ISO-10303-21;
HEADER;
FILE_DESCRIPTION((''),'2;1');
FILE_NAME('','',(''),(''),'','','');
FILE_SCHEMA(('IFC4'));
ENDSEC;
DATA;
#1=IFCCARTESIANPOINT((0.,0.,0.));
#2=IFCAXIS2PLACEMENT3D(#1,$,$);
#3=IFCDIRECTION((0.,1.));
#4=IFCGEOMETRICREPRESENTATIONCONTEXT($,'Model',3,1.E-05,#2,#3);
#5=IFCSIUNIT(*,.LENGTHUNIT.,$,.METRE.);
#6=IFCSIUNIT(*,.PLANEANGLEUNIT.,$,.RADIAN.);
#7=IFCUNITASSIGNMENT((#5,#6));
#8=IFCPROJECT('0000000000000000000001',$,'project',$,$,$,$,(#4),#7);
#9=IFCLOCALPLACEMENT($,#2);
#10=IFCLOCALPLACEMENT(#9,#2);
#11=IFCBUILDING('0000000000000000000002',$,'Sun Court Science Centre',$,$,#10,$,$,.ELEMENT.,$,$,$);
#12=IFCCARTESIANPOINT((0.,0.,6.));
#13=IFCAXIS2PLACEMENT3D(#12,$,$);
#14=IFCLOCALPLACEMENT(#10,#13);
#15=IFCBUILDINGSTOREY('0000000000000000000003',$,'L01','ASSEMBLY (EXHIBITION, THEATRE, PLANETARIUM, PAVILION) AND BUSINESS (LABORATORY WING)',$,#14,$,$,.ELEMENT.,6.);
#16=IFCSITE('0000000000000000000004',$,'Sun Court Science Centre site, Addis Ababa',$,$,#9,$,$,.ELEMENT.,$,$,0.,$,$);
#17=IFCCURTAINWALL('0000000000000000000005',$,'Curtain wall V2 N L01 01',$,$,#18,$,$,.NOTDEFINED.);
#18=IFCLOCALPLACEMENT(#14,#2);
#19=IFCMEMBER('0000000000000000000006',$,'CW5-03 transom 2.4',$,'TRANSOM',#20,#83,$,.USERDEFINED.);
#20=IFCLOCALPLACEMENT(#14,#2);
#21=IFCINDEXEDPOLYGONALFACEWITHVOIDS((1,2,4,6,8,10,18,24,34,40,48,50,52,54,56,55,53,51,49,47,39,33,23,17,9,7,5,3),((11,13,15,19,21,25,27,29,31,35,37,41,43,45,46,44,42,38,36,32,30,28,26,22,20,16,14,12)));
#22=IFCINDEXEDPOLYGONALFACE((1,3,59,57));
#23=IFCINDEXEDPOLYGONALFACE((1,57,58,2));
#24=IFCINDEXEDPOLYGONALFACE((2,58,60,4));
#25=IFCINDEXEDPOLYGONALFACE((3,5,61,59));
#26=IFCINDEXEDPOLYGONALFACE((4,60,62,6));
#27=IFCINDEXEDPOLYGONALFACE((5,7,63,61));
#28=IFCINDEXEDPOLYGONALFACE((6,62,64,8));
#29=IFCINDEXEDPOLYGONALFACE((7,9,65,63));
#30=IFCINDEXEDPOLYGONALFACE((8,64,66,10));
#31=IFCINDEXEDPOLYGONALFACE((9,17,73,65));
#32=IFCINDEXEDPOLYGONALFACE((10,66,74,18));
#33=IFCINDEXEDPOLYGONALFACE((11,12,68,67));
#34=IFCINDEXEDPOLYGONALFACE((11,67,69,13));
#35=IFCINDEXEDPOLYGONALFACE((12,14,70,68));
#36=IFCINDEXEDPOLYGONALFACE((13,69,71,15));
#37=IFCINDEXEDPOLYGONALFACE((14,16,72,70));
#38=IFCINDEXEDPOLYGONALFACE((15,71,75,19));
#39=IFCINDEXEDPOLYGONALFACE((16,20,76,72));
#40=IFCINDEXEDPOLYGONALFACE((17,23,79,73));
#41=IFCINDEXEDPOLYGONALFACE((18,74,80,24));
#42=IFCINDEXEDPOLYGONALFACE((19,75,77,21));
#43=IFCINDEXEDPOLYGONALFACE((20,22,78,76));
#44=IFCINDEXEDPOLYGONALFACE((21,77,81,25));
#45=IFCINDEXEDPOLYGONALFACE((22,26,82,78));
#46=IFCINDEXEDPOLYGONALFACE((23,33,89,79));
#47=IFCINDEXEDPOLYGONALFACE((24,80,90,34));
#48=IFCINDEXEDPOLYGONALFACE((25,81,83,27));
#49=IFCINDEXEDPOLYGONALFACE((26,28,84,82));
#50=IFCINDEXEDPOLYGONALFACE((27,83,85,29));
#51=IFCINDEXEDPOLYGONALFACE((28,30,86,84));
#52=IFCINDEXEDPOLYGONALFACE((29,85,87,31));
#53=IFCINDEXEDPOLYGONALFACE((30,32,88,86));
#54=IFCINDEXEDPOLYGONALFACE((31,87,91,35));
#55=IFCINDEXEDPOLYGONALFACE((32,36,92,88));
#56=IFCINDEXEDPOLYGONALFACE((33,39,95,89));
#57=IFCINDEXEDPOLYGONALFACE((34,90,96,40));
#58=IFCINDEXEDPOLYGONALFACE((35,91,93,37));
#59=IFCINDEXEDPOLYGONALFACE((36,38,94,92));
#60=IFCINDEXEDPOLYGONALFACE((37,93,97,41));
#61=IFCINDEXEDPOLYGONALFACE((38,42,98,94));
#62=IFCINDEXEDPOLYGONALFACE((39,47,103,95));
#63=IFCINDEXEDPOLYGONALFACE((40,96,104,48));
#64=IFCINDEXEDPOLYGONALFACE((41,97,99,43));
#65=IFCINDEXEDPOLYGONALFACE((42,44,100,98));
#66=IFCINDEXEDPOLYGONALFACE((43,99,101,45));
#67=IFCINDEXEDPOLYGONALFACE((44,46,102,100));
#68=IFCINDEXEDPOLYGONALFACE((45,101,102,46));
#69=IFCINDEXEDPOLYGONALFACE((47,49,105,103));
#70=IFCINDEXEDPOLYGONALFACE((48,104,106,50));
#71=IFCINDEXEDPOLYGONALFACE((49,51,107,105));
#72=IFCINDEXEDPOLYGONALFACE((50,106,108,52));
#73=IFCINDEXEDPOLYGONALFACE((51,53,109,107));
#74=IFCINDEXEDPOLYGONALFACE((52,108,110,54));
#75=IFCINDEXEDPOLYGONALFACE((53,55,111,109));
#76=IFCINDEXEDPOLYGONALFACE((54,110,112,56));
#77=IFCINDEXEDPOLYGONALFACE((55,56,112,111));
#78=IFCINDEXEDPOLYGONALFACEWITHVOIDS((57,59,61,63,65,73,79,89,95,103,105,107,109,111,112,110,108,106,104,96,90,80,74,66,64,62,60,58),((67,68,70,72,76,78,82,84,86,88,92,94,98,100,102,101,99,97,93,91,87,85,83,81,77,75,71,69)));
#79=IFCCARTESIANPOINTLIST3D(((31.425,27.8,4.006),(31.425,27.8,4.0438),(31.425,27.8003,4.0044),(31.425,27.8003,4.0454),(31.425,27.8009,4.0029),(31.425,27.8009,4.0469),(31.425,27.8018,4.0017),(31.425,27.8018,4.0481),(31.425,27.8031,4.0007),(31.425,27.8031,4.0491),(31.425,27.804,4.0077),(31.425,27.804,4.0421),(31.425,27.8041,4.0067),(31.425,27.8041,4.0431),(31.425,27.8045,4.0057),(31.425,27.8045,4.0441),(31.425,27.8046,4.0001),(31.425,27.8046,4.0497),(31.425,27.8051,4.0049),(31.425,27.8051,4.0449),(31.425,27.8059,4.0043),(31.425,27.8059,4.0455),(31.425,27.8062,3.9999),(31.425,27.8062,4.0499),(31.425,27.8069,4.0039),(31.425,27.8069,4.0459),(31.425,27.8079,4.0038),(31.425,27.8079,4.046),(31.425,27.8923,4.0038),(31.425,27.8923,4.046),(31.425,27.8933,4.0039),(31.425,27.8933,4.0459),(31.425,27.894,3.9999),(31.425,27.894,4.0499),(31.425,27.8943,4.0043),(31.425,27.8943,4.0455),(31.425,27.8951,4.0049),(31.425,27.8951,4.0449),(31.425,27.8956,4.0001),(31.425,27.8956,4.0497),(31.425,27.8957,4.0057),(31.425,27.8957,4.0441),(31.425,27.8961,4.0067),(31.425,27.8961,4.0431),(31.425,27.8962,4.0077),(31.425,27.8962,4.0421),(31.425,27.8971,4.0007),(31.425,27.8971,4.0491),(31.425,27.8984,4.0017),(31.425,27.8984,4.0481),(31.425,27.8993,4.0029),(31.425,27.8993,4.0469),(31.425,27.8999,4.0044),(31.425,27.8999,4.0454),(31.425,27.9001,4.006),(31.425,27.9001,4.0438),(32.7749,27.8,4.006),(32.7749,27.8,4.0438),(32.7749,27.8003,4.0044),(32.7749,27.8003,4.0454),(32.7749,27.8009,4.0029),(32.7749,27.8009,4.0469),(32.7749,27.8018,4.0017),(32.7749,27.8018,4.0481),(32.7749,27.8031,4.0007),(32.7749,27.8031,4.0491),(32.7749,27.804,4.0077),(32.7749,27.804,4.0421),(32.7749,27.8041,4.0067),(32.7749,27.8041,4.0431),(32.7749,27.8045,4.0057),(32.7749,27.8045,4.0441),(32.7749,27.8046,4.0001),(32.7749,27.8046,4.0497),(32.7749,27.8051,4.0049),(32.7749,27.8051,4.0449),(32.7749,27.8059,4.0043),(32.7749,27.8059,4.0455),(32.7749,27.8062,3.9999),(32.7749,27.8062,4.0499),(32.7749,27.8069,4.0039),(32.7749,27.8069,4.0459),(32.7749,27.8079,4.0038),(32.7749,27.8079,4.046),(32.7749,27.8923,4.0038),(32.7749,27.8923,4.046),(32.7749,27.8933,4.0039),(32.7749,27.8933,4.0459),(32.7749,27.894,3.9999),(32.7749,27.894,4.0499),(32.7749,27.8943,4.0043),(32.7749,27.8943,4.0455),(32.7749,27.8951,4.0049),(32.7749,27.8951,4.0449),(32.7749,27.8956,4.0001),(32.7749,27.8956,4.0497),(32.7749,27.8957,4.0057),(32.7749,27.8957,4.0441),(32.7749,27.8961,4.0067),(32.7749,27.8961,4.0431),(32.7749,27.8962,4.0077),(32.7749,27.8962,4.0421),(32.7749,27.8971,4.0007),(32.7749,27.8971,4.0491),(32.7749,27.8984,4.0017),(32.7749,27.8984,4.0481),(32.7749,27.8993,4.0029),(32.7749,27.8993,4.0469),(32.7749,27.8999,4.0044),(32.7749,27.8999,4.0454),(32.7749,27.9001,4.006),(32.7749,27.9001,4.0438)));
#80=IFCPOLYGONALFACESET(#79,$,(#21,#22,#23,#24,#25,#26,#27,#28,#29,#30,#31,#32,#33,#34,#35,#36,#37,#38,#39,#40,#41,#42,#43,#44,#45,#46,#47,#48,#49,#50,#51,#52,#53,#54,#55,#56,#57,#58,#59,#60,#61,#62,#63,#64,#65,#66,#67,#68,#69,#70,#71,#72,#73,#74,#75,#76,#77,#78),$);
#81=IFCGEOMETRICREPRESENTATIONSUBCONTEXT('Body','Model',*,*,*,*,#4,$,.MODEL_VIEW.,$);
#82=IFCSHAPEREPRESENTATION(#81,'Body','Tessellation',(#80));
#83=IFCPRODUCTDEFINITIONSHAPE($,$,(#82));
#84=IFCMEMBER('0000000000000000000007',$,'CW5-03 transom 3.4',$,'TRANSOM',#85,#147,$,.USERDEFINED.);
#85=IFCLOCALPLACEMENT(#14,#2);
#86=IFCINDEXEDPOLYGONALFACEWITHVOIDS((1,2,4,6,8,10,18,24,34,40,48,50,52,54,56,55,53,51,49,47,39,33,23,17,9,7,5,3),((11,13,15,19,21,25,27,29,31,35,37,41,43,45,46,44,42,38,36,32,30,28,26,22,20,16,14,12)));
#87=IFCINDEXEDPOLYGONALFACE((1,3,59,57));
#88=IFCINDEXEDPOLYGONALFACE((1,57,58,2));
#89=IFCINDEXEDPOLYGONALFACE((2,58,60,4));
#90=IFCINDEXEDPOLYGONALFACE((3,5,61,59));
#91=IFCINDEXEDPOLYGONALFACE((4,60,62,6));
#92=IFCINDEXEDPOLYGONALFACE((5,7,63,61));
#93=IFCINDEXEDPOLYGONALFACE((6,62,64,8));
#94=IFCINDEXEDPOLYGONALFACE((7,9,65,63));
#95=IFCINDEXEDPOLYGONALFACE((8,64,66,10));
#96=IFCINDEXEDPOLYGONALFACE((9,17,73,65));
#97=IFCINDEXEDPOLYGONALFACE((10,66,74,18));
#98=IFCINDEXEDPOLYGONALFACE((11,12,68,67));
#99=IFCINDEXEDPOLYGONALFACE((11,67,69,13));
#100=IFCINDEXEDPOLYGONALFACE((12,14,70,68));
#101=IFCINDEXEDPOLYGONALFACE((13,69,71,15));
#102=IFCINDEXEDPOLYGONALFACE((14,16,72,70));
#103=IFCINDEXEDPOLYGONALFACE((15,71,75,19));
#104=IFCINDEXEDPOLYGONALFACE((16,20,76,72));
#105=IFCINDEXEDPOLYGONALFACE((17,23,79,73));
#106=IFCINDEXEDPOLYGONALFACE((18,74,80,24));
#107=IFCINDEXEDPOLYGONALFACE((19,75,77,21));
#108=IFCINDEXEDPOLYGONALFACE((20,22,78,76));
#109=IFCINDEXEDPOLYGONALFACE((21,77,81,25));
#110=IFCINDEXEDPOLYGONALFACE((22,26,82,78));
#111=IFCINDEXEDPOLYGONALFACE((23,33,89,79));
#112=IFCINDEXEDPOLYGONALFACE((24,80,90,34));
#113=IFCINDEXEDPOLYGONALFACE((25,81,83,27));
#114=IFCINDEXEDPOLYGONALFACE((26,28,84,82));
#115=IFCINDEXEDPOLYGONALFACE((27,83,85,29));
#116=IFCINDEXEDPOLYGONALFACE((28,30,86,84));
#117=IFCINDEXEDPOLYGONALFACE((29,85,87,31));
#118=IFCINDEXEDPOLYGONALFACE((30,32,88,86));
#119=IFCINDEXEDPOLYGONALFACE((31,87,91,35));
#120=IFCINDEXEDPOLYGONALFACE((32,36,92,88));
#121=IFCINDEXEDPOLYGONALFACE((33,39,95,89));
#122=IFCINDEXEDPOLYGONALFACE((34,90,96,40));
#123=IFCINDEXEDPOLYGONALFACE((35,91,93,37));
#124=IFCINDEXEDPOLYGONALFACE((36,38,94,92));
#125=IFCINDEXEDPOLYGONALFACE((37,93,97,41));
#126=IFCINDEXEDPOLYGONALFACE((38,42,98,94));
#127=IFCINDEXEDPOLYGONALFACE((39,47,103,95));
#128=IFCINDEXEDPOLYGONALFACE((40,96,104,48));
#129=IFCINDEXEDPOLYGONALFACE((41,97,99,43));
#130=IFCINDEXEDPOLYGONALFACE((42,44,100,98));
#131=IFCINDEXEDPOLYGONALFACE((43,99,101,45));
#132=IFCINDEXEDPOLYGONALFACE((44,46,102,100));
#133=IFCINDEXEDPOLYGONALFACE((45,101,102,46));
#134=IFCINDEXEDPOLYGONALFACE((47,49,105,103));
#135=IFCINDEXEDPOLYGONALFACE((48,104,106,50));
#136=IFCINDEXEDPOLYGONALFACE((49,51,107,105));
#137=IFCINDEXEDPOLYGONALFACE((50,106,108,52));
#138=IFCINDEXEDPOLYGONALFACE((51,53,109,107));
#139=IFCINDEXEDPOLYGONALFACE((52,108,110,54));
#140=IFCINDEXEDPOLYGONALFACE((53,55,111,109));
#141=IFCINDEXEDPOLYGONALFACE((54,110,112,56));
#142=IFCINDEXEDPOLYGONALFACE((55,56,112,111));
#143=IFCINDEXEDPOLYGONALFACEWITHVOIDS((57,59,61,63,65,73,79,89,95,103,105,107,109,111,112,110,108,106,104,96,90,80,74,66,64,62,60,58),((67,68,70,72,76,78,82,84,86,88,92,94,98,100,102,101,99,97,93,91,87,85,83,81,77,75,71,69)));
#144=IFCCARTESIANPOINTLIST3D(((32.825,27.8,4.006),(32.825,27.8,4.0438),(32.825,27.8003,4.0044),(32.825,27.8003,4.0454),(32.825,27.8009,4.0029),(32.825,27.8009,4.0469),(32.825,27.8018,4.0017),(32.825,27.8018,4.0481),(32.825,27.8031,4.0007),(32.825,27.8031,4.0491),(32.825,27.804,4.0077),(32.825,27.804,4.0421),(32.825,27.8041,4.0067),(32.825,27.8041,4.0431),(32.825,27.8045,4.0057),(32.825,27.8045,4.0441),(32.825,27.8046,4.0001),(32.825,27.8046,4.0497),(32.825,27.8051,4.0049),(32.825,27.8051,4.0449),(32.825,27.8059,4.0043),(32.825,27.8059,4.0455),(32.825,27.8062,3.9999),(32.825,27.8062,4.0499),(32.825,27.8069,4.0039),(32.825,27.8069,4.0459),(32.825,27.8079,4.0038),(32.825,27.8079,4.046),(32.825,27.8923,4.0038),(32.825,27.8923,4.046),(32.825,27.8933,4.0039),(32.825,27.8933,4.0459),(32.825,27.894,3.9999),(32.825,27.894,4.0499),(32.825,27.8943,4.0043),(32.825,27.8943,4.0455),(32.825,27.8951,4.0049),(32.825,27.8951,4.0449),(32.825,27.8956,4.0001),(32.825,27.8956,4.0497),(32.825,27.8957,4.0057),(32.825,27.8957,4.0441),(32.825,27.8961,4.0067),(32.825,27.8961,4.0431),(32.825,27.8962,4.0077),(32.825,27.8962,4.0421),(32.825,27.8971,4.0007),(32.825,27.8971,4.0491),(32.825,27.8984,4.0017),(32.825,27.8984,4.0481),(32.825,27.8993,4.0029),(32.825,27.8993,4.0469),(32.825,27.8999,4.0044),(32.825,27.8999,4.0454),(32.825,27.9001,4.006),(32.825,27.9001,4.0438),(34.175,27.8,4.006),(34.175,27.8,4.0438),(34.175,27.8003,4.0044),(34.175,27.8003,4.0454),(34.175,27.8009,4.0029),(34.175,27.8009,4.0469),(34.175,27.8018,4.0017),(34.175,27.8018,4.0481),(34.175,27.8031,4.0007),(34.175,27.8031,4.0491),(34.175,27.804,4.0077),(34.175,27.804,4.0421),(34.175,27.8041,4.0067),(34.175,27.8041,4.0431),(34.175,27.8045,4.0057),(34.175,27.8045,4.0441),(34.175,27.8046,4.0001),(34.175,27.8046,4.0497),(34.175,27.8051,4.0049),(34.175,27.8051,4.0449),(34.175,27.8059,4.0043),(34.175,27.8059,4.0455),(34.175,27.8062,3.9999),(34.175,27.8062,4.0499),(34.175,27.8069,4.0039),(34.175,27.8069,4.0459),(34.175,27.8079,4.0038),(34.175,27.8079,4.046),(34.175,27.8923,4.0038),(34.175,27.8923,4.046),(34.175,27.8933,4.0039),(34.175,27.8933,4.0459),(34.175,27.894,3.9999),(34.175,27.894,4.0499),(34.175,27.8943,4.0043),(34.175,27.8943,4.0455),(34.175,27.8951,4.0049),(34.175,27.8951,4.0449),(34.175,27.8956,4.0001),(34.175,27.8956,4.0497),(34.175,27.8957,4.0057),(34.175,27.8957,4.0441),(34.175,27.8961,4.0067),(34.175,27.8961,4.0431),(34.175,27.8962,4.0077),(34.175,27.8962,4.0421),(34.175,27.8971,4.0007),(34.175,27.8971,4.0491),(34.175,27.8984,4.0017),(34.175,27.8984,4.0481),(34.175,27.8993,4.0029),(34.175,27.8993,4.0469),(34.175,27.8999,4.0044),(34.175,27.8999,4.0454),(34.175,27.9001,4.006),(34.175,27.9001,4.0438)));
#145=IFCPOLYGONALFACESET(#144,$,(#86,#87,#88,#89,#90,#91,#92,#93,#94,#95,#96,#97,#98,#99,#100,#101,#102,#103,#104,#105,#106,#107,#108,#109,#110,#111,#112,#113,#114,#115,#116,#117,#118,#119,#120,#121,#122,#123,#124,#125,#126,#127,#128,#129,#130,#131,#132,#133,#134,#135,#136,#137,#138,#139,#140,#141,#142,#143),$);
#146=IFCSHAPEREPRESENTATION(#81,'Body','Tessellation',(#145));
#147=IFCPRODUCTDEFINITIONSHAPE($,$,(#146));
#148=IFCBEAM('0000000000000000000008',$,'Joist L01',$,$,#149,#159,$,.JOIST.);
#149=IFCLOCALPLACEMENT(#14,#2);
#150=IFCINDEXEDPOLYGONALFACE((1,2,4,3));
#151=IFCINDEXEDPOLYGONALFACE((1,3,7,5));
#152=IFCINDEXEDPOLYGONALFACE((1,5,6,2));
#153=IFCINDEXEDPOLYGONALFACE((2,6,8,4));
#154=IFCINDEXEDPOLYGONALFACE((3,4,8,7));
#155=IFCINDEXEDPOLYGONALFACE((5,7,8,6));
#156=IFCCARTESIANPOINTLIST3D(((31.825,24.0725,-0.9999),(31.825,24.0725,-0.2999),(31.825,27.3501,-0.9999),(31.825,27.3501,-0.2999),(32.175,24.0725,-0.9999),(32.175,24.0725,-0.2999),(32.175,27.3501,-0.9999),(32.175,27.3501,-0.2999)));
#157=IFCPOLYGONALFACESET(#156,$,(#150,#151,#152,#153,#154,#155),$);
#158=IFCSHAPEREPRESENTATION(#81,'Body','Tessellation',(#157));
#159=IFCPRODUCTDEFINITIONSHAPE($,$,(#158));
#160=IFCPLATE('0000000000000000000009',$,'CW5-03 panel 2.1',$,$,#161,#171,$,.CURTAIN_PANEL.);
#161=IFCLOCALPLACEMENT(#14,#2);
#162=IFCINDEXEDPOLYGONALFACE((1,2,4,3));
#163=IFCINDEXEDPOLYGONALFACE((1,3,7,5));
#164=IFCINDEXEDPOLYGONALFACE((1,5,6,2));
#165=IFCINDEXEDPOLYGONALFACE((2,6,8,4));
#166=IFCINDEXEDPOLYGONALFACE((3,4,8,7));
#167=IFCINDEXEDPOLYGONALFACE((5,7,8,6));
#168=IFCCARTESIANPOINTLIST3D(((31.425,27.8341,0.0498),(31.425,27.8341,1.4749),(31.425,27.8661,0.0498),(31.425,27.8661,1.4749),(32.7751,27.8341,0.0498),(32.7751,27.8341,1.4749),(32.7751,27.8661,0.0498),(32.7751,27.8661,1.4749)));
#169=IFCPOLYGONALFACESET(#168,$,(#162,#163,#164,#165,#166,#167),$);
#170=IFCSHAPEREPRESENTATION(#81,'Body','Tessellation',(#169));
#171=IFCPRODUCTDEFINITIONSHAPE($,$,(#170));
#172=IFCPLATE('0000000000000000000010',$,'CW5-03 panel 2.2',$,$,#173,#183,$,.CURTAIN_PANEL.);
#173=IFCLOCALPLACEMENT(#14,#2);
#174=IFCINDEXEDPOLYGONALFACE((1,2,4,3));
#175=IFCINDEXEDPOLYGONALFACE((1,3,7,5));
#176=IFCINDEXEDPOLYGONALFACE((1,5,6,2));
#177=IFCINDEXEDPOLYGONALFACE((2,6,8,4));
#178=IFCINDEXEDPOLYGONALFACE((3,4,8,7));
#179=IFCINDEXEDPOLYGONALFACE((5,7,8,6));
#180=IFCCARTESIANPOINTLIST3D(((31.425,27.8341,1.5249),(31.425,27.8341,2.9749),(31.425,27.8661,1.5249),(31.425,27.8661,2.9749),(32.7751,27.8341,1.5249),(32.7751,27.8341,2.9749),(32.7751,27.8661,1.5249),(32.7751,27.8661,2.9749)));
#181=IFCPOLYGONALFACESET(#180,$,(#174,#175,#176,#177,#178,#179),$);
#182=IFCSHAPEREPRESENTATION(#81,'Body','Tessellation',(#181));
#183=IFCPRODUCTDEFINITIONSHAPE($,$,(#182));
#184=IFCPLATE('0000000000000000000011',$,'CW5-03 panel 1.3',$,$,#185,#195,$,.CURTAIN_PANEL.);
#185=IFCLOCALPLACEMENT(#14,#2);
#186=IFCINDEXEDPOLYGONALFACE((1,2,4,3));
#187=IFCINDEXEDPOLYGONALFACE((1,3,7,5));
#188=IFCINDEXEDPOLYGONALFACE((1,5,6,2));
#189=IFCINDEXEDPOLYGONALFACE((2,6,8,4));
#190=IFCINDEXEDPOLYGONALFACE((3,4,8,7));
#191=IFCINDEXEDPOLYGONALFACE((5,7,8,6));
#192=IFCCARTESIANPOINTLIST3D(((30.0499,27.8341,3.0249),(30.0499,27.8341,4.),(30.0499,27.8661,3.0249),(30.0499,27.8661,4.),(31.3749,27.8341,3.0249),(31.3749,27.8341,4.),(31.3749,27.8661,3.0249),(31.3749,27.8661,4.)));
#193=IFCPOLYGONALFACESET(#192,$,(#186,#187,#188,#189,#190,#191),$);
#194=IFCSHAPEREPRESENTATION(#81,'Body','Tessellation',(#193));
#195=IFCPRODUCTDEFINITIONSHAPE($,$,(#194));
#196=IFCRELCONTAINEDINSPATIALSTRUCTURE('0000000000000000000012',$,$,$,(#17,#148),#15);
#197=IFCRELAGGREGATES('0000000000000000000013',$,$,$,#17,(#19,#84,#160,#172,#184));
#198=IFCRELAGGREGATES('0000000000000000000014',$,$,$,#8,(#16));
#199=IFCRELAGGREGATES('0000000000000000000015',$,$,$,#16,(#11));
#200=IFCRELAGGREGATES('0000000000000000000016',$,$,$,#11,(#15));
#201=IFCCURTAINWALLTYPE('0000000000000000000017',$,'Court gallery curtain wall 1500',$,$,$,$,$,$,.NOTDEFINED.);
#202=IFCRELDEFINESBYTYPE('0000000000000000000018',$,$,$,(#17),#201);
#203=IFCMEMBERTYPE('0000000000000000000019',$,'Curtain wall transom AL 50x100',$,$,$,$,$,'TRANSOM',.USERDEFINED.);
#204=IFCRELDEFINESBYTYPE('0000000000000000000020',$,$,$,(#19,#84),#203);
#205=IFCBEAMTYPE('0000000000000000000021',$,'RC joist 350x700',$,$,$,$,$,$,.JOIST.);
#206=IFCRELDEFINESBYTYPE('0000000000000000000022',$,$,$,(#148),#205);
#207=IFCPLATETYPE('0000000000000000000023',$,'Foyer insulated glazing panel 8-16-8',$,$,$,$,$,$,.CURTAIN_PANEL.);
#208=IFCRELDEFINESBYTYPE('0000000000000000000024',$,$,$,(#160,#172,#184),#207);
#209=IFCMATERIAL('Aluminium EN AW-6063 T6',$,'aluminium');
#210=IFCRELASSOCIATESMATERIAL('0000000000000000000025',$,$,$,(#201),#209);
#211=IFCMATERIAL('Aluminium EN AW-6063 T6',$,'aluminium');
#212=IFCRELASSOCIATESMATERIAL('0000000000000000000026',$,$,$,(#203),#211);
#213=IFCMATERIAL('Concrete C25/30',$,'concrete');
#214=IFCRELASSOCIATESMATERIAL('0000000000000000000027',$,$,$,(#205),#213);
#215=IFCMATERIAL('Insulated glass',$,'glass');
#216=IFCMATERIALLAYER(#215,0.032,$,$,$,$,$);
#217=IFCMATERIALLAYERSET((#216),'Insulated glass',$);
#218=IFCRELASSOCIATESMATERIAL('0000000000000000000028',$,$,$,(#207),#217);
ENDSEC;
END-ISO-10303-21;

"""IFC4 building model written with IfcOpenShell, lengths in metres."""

from ifc_helpers import new_model, si_unit, direction, frame, origin, origin_2d, place, context, subcontext, project, spatial, rectangle, hollow_rectangle, extrude, material, layer, layer_set, material_profile, profile_set, type_object, element, aggregate, save


model = new_model("IFC4")

# Units and contexts
model_context = context("Model", 3, precision=1e-05, world=origin(), true_north=direction((0.0, 1.0)))
body_context = subcontext(model_context, "Body", "Model", "MODEL_VIEW")
ifc_project = project(units=[si_unit("LENGTHUNIT", "METRE"), si_unit("PLANEANGLEUNIT", "RADIAN")], contexts=[model_context])

# Site, building, storey
site_placement = place(None, origin())
site = spatial("IfcSite", under=ifc_project, at=site_placement, Name="Sun Court Science Centre site, Addis Ababa", CompositionType="ELEMENT", RefElevation=0.0)
building_placement = place(site_placement, origin())
building = spatial("IfcBuilding", under=site, at=building_placement, Name="Sun Court Science Centre", CompositionType="ELEMENT")
storey_placement = place(building_placement, frame((0.0, 0.0, 6.0)))
storey = spatial("IfcBuildingStorey", under=building, at=storey_placement, Name="L01", Description="ASSEMBLY (EXHIBITION, THEATRE, PLANETARIUM, PAVILION) AND BUSINESS (LABORATORY WING)", CompositionType="ELEMENT", Elevation=6.0)

# Curtain wall, members
ifc_material_1 = material(Name="Aluminium EN AW-6063 T6", Category="aluminium")
curtain_wall_type = type_object("IfcCurtainWallType", Name="Court gallery curtain wall 1500", PredefinedType="NOTDEFINED", material=ifc_material_1)
curtain_wall_placement = place(storey_placement, origin())
curtain_wall = element("IfcCurtainWall", 1, at=curtain_wall_placement, inside=storey, type_object=curtain_wall_type, Name="Curtain wall V2 N L01 01", PredefinedType="NOTDEFINED")
ifc_material_2 = material(Name="Aluminium EN AW-6063 T6", Category="aluminium")
ifc_material_profile_1 = material_profile(ifc_material_2, hollow_rectangle(XDim=0.05, YDim=0.1001, WallThickness=0.0039, InnerFilletRadius=0.0039, OuterFilletRadius=0.0061, at=origin_2d()), Name="AL 50x100x4")
ifc_profile_set_1 = profile_set([ifc_material_profile_1], Name="Aluminium EN AW-6063 T6")
member_type_1 = type_object("IfcMemberType", Name="Curtain wall transom AL 50x100", ElementType="TRANSOM", PredefinedType="USERDEFINED", material=ifc_profile_set_1)
member_1_placement = place(storey_placement, frame((31.425, 27.8501, 4.0249), z_axis=(1.0, 0.0, 0.0), x_axis=(0.0, 0.0, 1.0)))
member_1 = element("IfcMember", 2, at=member_1_placement, type_object=member_type_1, Name="CW5-03 transom 2.4", ObjectType="TRANSOM", PredefinedType="USERDEFINED", context=body_context, shape_type="SweptSolid", body=[
    extrude(hollow_rectangle(XDim=0.05, YDim=0.1001, WallThickness=0.0039, InnerFilletRadius=0.0039, OuterFilletRadius=0.0061, at=origin_2d()), origin(), (0.0, 0.0, 1.0), 1.3499),
])
member_2_placement = place(storey_placement, frame((32.825, 27.8501, 4.0249), z_axis=(1.0, 0.0, 0.0), x_axis=(0.0, 0.0, 1.0)))
member_2 = element("IfcMember", 3, at=member_2_placement, type_object=member_type_1, Name="CW5-03 transom 3.4", ObjectType="TRANSOM", PredefinedType="USERDEFINED", context=body_context, shape_type="SweptSolid", body=[
    extrude(hollow_rectangle(XDim=0.05, YDim=0.1001, WallThickness=0.0039, InnerFilletRadius=0.0039, OuterFilletRadius=0.0061, at=origin_2d()), origin(), (0.0, 0.0, 1.0), 1.3501),
])

# Beam
ifc_material_3 = material(Name="Concrete C25/30", Category="concrete")
ifc_material_profile_2 = material_profile(ifc_material_3, rectangle(XDim=0.3501, YDim=0.7, at=origin_2d()), Name="RC 350x700")
ifc_profile_set_2 = profile_set([ifc_material_profile_2], Name="Concrete C25/30")
beam_type = type_object("IfcBeamType", Name="RC joist 350x700", PredefinedType="JOIST", material=ifc_profile_set_2)
beam_placement = place(storey_placement, frame((32.0, 24.0725, -0.6499), z_axis=(0.0, 1.0, 0.0), x_axis=(-1.0, 0.0, 0.0)))
element("IfcBeam", 4, at=beam_placement, inside=storey, type_object=beam_type, Name="Joist L01", PredefinedType="JOIST", context=body_context, shape_type="SweptSolid", body=[
    extrude(rectangle(XDim=0.3501, YDim=0.7, at=origin_2d()), origin(), (0.0, 0.0, 1.0), 3.2776),
])

# Plates
ifc_material_4 = material(Name="Insulated glass", Category="glass")
ifc_layer_1 = layer(ifc_material_4, 0.032)
ifc_layer_set_1 = layer_set([ifc_layer_1], Name="Insulated glass")
plate_type = type_object("IfcPlateType", Name="Foyer insulated glazing panel 8-16-8", PredefinedType="CURTAIN_PANEL", material=ifc_layer_set_1)
plate_1_placement = place(storey_placement, frame((32.1001, 27.8501, 0.0498), z_axis=(0.0, 0.0, 1.0), x_axis=(1.0, 0.0, 0.0)))
plate_1 = element("IfcPlate", 5, at=plate_1_placement, type_object=plate_type, Name="CW5-03 panel 2.1", PredefinedType="CURTAIN_PANEL", context=body_context, shape_type="SweptSolid", body=[
    extrude(rectangle(XDim=1.3501, YDim=0.032, at=origin_2d()), origin(), (0.0, 0.0, 1.0), 1.425),
])
plate_2_placement = place(storey_placement, frame((32.1001, 27.8501, 1.5249), z_axis=(0.0, 0.0, 1.0), x_axis=(1.0, 0.0, 0.0)))
plate_2 = element("IfcPlate", 6, at=plate_2_placement, type_object=plate_type, Name="CW5-03 panel 2.2", PredefinedType="CURTAIN_PANEL", context=body_context, shape_type="SweptSolid", body=[
    extrude(rectangle(XDim=1.3501, YDim=0.032, at=origin_2d()), origin(), (0.0, 0.0, 1.0), 1.45),
])
plate_3_placement = place(storey_placement, frame((30.7124, 27.8501, 3.0249), z_axis=(0.0, 0.0, 1.0), x_axis=(1.0, 0.0, 0.0)))
plate_3 = element("IfcPlate", 7, at=plate_3_placement, type_object=plate_type, Name="CW5-03 panel 1.3", PredefinedType="CURTAIN_PANEL", context=body_context, shape_type="SweptSolid", body=[
    extrude(rectangle(XDim=1.325, YDim=0.032, at=origin_2d()), origin(), (0.0, 0.0, 1.0), 0.9751),
])
aggregate(curtain_wall, [member_1, member_2, plate_1, plate_2, plate_3])

save(model, "model.ifc")
